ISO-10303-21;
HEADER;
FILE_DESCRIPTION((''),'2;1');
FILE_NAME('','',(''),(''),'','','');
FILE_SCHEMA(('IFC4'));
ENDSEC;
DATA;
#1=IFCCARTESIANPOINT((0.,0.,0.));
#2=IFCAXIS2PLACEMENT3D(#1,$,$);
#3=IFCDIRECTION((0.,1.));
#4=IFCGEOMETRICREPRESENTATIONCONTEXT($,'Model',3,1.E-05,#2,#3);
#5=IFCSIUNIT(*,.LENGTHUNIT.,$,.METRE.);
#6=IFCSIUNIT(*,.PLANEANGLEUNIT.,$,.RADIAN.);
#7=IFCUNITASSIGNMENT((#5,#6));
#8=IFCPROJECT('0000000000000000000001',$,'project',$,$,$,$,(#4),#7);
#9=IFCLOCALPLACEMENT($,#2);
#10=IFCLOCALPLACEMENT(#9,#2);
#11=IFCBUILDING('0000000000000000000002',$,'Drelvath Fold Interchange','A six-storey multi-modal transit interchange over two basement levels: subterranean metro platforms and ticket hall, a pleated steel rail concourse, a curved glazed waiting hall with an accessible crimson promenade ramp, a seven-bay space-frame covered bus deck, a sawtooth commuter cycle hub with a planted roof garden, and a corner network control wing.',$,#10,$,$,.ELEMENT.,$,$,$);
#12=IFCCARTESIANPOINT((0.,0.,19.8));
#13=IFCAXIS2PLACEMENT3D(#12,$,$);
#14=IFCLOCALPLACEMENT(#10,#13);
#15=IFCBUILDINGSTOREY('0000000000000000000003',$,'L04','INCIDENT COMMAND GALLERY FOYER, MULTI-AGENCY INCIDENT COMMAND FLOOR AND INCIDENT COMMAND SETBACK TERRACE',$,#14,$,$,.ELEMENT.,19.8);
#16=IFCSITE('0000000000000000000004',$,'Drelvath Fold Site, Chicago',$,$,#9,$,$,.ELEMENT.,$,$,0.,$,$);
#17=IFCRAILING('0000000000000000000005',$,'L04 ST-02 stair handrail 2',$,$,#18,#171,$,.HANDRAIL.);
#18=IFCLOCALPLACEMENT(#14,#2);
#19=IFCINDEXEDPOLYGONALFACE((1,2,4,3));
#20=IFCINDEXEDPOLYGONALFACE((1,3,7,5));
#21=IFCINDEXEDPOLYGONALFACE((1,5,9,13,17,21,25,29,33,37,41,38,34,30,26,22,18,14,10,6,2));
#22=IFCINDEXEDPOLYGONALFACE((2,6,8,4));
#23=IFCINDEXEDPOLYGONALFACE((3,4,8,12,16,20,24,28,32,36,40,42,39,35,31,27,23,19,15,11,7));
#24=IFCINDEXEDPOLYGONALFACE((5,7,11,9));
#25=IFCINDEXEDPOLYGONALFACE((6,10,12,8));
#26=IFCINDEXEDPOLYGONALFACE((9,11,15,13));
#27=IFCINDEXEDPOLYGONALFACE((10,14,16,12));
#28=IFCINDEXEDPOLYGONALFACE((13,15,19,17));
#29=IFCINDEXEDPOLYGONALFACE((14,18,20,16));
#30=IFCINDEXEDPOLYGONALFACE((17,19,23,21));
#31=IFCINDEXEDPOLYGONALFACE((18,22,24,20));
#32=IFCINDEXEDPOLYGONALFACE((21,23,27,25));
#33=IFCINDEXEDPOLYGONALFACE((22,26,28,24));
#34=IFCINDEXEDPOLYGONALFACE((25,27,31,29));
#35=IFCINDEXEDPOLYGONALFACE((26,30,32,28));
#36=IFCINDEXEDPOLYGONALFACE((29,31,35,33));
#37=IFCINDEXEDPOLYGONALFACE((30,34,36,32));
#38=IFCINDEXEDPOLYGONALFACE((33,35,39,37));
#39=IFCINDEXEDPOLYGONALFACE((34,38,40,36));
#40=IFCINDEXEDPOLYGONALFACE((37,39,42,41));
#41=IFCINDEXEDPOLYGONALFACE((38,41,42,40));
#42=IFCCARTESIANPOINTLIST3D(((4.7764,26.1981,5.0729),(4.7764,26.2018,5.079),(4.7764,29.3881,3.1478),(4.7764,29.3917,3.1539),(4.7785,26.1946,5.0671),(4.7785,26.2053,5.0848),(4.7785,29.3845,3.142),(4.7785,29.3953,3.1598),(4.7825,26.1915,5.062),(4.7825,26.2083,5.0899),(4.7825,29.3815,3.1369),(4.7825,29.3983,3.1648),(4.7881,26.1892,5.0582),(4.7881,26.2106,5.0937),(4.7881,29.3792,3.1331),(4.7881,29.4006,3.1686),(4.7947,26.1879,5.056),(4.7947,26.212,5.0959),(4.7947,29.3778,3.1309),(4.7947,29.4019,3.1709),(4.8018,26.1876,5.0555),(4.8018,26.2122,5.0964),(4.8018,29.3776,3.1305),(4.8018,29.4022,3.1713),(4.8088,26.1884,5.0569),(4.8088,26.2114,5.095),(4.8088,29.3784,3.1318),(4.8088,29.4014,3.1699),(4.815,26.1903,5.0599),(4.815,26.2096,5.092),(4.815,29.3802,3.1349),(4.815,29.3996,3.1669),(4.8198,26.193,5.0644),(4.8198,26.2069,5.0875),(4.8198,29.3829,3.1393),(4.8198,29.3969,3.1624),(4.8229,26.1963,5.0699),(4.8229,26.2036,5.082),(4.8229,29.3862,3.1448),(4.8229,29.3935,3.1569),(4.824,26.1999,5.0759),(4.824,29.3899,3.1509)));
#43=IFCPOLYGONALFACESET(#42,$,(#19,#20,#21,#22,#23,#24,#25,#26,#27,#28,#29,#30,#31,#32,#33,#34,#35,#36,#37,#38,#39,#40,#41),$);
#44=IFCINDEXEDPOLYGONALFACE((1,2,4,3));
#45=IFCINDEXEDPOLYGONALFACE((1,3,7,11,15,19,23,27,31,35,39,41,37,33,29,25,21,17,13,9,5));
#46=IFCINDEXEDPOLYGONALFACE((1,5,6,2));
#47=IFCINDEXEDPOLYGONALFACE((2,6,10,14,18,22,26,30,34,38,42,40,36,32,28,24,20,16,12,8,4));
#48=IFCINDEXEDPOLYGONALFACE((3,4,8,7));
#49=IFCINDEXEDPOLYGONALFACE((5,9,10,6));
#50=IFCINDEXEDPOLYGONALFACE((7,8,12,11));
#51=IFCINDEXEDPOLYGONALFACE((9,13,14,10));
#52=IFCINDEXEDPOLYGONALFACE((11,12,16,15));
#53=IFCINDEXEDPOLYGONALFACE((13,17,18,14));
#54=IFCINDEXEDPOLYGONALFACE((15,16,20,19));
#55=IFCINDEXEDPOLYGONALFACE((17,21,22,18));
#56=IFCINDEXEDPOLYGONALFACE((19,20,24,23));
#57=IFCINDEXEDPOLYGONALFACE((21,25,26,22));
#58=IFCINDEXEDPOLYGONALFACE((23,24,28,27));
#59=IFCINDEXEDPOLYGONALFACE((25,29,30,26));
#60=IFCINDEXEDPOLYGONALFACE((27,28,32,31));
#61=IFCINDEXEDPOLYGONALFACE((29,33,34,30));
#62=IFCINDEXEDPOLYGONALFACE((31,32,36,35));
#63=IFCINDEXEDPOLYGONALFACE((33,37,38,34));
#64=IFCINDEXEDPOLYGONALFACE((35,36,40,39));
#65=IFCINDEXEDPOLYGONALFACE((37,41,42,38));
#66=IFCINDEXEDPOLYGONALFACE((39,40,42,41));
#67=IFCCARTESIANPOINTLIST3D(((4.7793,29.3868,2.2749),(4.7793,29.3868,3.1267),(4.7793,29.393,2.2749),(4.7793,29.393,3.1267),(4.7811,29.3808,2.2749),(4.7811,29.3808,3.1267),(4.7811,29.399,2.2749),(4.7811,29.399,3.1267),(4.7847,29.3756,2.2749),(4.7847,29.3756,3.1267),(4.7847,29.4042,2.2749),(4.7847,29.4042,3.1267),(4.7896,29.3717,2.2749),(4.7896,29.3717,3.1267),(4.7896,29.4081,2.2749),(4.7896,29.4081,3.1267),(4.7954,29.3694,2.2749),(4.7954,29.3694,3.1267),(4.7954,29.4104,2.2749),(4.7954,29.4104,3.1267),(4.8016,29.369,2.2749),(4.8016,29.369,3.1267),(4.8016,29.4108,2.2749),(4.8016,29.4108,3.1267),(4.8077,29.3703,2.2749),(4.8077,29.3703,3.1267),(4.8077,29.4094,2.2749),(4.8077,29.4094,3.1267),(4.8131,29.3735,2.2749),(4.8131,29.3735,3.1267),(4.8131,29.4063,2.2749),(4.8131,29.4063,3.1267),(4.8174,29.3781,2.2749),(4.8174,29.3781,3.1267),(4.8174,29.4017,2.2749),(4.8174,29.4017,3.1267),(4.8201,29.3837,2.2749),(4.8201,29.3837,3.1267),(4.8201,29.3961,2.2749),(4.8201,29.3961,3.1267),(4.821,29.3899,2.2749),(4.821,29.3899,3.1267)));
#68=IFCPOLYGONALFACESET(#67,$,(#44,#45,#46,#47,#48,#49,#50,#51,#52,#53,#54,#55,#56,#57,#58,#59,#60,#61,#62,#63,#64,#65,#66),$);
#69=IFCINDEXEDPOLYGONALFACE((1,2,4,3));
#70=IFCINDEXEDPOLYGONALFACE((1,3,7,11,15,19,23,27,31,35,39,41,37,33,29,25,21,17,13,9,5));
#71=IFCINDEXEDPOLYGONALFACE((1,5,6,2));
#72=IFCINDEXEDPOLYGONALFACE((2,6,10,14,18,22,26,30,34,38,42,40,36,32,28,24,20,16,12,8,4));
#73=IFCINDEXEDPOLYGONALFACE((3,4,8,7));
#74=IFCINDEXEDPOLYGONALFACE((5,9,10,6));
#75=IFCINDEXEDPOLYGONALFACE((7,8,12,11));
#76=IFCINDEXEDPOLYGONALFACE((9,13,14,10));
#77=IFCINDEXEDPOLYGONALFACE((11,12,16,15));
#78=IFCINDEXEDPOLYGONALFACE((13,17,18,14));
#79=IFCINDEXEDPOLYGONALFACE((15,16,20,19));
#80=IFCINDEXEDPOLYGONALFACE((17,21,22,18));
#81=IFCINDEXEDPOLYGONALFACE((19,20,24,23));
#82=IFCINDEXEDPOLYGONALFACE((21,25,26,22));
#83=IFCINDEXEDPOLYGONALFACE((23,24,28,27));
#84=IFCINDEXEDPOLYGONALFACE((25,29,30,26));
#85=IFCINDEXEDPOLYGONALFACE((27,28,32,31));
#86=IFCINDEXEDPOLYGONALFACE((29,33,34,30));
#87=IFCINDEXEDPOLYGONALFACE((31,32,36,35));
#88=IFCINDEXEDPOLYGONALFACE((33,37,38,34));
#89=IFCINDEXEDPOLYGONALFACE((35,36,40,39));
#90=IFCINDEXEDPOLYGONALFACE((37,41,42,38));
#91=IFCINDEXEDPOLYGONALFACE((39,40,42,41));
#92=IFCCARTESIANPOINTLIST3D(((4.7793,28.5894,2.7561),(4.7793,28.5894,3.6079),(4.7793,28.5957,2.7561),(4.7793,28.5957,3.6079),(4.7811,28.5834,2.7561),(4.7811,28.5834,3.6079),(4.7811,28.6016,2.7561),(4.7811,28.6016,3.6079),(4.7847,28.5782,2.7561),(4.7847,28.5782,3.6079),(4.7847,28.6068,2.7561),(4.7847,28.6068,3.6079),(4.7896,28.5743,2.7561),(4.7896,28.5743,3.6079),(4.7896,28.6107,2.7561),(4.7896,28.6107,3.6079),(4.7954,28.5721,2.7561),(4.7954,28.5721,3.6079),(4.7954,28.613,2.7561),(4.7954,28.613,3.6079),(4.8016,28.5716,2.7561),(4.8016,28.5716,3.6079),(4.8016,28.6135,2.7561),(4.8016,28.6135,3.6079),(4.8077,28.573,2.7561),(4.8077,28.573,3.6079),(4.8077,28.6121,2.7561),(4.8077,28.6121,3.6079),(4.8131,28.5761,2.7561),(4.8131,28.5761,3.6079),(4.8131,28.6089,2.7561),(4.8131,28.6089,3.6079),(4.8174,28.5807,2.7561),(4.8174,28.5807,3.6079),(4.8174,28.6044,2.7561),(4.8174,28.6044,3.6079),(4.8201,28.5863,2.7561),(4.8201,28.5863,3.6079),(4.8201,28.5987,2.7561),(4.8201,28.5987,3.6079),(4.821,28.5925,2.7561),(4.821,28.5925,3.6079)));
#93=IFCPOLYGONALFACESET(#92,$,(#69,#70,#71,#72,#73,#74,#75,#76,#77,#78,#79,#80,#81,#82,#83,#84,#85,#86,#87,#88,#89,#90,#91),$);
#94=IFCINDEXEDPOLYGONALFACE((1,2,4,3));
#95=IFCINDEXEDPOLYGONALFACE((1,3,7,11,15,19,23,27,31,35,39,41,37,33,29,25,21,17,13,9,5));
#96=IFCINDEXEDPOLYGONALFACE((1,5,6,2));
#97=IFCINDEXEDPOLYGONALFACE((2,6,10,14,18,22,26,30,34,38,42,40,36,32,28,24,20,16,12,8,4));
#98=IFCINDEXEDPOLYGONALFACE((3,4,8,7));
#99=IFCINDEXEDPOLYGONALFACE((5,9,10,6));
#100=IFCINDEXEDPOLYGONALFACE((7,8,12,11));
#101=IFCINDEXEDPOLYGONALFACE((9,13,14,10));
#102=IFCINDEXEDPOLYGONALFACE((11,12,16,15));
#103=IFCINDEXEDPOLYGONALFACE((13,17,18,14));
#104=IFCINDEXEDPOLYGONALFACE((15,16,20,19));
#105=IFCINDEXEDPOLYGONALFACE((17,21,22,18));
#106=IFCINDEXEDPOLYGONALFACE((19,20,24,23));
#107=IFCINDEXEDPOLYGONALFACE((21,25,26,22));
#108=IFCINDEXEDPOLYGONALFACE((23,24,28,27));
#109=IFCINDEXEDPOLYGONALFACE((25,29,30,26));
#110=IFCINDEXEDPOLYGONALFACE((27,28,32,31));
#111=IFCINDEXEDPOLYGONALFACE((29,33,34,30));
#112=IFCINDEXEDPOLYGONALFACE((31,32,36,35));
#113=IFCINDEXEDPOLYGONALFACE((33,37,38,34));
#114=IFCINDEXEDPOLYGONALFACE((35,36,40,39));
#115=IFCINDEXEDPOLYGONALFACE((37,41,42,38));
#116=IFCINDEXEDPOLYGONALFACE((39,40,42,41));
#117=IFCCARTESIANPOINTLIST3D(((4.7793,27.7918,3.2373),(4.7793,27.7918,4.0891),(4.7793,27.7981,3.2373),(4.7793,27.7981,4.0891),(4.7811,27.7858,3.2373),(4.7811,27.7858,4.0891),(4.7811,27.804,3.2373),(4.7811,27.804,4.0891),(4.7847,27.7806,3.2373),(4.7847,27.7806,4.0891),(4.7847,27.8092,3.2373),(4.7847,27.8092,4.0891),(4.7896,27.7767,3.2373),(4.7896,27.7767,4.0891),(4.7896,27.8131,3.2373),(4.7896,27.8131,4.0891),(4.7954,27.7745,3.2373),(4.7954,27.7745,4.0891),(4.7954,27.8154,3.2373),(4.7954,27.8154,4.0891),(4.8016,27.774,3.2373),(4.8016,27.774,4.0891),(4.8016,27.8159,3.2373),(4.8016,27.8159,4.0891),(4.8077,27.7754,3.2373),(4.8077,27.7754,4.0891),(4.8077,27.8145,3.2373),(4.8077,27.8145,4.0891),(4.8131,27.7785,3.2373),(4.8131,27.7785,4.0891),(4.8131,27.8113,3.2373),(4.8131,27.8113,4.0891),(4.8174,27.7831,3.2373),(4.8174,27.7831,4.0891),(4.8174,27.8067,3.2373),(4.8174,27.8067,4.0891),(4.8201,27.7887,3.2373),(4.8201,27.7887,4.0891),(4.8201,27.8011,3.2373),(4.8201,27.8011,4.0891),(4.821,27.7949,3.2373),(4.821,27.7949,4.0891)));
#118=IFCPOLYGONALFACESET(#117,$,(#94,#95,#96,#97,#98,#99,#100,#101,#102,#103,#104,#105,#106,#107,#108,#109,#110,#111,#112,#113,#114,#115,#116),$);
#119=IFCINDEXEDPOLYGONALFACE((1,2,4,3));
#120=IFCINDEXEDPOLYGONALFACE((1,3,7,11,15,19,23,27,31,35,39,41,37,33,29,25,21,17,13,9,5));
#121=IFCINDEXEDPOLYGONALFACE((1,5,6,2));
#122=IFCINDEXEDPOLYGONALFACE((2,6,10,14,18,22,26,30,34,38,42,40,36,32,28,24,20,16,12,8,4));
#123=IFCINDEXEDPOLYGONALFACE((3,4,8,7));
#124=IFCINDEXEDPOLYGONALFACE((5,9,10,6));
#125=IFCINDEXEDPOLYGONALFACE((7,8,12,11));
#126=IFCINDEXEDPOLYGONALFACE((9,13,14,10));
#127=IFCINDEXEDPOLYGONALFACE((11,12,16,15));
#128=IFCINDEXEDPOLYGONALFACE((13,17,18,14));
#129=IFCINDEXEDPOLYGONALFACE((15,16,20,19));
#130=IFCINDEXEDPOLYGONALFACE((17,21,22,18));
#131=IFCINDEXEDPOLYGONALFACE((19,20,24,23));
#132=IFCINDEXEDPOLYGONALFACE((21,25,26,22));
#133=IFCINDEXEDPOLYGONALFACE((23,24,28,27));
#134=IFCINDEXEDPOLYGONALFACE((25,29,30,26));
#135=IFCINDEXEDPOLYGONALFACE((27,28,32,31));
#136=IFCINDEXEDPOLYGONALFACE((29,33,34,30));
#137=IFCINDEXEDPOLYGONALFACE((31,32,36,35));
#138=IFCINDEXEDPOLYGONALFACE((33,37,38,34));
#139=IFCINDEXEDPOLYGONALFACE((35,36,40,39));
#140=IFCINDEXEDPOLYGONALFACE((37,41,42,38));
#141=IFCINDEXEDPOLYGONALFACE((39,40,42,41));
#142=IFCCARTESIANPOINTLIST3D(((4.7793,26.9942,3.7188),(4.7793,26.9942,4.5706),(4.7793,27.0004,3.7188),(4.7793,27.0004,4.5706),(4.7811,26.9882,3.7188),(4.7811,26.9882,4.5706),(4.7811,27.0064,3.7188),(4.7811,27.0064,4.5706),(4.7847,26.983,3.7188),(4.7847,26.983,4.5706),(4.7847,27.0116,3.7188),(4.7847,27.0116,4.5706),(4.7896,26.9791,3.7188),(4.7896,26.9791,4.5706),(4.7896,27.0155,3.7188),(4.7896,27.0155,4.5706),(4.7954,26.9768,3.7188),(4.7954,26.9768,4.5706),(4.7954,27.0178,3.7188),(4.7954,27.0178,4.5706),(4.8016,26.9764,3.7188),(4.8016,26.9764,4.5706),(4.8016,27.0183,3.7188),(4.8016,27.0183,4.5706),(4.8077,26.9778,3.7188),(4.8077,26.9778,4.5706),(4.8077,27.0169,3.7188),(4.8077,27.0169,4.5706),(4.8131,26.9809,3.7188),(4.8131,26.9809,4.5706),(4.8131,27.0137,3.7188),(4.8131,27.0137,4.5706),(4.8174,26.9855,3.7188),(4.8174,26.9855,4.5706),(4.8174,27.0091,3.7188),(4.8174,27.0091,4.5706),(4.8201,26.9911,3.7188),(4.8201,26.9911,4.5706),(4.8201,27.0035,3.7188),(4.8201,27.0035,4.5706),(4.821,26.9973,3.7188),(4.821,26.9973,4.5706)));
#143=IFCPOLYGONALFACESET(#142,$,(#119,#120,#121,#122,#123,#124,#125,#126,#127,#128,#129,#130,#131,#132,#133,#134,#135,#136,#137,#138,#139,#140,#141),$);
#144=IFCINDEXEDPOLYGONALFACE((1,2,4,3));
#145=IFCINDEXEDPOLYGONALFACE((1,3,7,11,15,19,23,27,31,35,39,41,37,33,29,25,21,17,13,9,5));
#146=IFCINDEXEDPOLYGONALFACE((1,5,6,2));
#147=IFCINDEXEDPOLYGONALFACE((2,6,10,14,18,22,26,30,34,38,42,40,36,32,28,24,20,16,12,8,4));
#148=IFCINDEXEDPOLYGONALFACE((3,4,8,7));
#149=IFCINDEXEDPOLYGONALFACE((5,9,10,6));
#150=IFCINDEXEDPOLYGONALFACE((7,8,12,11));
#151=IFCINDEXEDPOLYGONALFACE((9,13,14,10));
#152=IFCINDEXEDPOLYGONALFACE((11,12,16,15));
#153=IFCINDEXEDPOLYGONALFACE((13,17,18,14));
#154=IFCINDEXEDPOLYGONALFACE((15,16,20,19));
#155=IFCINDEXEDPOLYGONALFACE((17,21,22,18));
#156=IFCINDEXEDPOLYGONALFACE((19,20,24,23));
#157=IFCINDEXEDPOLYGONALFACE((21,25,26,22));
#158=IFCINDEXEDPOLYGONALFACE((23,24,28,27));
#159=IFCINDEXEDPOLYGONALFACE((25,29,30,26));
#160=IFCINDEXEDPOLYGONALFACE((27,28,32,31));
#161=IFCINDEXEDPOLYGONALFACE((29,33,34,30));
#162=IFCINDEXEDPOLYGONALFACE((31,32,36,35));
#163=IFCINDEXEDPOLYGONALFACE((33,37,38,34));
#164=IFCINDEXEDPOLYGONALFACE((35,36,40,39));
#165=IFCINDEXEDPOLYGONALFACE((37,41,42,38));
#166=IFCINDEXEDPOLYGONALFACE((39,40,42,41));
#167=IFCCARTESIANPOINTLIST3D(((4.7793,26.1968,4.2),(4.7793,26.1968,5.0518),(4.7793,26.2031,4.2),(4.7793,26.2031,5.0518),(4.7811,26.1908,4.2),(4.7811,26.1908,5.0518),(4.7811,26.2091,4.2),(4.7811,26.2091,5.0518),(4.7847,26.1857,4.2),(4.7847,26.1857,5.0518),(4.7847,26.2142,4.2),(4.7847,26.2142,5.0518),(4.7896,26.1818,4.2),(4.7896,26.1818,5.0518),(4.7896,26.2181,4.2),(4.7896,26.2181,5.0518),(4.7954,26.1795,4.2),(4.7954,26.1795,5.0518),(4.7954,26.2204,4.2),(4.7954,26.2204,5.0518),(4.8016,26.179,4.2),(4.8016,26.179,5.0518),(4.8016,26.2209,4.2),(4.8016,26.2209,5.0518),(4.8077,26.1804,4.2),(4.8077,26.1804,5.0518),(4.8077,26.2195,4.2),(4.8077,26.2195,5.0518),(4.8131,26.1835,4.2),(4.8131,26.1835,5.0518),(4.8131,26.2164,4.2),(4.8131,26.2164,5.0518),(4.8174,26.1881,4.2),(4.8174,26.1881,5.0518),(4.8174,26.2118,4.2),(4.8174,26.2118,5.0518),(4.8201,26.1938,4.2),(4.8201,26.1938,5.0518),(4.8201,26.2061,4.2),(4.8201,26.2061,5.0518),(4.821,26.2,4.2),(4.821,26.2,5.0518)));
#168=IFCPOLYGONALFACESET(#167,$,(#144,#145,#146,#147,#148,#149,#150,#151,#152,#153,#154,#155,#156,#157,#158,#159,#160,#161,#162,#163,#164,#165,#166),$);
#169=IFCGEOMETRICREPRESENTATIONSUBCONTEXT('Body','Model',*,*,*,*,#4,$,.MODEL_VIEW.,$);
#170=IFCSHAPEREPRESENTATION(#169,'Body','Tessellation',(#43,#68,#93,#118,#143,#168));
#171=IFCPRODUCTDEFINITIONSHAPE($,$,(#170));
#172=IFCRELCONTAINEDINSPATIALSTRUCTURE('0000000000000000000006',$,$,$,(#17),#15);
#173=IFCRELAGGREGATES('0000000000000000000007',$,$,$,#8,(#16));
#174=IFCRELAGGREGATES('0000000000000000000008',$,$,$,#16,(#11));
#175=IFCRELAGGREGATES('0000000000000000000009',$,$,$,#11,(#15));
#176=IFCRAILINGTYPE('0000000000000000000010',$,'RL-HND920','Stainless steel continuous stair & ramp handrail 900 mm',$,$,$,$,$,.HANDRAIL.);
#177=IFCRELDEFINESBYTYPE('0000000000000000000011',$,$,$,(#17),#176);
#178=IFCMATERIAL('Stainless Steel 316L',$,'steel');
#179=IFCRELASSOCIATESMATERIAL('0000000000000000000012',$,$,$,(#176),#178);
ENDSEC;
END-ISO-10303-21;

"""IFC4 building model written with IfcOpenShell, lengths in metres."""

from ifc_helpers import new_model, si_unit, direction, frame, origin, origin_2d, place, context, subcontext, project, spatial, circle, extrude, material, type_object, element, save


model = new_model("IFC4")

# Units and contexts
model_context = context("Model", 3, precision=1e-05, world=origin(), true_north=direction((0.0, 1.0)))
body_context = subcontext(model_context, "Body", "Model", "MODEL_VIEW")
ifc_project = project(units=[si_unit("LENGTHUNIT", "METRE"), si_unit("PLANEANGLEUNIT", "RADIAN")], contexts=[model_context])

# Site, building, storey
site_placement = place(None, origin())
site = spatial("IfcSite", under=ifc_project, at=site_placement, Name="Drelvath Fold Site, Chicago", CompositionType="ELEMENT", RefElevation=0.0)
building_placement = place(site_placement, origin())
building = spatial("IfcBuilding", under=site, at=building_placement, Name="Drelvath Fold Interchange", Description="A six-storey multi-modal transit interchange over two basement levels: subterranean metro platforms and ticket hall, a pleated steel rail concourse, a curved glazed waiting hall with an accessible crimson promenade ramp, a seven-bay space-frame covered bus deck, a sawtooth commuter cycle hub with a planted roof garden, and a corner network control wing.", CompositionType="ELEMENT")
storey_placement = place(building_placement, frame((0.0, 0.0, 19.8)))
storey = spatial("IfcBuildingStorey", under=building, at=storey_placement, Name="L04", Description="INCIDENT COMMAND GALLERY FOYER, MULTI-AGENCY INCIDENT COMMAND FLOOR AND INCIDENT COMMAND SETBACK TERRACE", CompositionType="ELEMENT", Elevation=19.8)

# Railing
ifc_material_1 = material(Name="Stainless Steel 316L", Category="steel")
railing_type_1 = type_object("IfcRailingType", Name="RL-HND920", Description="Stainless steel continuous stair & ramp handrail 900 mm", PredefinedType="HANDRAIL", material=ifc_material_1)
railing_1_placement = place(storey_placement, frame((4.8, 29.3899, 2.2749)))
element("IfcRailing", 1, at=railing_1_placement, inside=storey, type_object=railing_type_1, Name="L04 ST-02 stair handrail 2", PredefinedType="HANDRAIL", context=body_context, shape_type="SweptSolid", body=[
    extrude(circle(Radius=0.0239, at=origin_2d()), frame((0.0, 0.0, 0.876), z_axis=(0.0, -0.856178, 0.516682), x_axis=(1.0, 0.0, 0.0)), (0.0, 0.0, 1.0), 3.7258),
    extrude(circle(Radius=0.021, at=origin_2d()), origin(), (0.0, 0.0, 1.0), 0.8518),
    extrude(circle(Radius=0.021, at=origin_2d()), frame((0.0, -0.7974, 0.4812)), (0.0, 0.0, 1.0), 0.8518),
    extrude(circle(Radius=0.021, at=origin_2d()), frame((0.0, -1.595, 0.9624)), (0.0, 0.0, 1.0), 0.8518),
    extrude(circle(Radius=0.021, at=origin_2d()), frame((0.0, -2.3926, 1.4438)), (0.0, 0.0, 1.0), 0.8518),
    extrude(circle(Radius=0.021, at=origin_2d()), frame((0.0, -3.1899, 1.925)), (0.0, 0.0, 1.0), 0.8518),
])

save(model, "model.ifc")
